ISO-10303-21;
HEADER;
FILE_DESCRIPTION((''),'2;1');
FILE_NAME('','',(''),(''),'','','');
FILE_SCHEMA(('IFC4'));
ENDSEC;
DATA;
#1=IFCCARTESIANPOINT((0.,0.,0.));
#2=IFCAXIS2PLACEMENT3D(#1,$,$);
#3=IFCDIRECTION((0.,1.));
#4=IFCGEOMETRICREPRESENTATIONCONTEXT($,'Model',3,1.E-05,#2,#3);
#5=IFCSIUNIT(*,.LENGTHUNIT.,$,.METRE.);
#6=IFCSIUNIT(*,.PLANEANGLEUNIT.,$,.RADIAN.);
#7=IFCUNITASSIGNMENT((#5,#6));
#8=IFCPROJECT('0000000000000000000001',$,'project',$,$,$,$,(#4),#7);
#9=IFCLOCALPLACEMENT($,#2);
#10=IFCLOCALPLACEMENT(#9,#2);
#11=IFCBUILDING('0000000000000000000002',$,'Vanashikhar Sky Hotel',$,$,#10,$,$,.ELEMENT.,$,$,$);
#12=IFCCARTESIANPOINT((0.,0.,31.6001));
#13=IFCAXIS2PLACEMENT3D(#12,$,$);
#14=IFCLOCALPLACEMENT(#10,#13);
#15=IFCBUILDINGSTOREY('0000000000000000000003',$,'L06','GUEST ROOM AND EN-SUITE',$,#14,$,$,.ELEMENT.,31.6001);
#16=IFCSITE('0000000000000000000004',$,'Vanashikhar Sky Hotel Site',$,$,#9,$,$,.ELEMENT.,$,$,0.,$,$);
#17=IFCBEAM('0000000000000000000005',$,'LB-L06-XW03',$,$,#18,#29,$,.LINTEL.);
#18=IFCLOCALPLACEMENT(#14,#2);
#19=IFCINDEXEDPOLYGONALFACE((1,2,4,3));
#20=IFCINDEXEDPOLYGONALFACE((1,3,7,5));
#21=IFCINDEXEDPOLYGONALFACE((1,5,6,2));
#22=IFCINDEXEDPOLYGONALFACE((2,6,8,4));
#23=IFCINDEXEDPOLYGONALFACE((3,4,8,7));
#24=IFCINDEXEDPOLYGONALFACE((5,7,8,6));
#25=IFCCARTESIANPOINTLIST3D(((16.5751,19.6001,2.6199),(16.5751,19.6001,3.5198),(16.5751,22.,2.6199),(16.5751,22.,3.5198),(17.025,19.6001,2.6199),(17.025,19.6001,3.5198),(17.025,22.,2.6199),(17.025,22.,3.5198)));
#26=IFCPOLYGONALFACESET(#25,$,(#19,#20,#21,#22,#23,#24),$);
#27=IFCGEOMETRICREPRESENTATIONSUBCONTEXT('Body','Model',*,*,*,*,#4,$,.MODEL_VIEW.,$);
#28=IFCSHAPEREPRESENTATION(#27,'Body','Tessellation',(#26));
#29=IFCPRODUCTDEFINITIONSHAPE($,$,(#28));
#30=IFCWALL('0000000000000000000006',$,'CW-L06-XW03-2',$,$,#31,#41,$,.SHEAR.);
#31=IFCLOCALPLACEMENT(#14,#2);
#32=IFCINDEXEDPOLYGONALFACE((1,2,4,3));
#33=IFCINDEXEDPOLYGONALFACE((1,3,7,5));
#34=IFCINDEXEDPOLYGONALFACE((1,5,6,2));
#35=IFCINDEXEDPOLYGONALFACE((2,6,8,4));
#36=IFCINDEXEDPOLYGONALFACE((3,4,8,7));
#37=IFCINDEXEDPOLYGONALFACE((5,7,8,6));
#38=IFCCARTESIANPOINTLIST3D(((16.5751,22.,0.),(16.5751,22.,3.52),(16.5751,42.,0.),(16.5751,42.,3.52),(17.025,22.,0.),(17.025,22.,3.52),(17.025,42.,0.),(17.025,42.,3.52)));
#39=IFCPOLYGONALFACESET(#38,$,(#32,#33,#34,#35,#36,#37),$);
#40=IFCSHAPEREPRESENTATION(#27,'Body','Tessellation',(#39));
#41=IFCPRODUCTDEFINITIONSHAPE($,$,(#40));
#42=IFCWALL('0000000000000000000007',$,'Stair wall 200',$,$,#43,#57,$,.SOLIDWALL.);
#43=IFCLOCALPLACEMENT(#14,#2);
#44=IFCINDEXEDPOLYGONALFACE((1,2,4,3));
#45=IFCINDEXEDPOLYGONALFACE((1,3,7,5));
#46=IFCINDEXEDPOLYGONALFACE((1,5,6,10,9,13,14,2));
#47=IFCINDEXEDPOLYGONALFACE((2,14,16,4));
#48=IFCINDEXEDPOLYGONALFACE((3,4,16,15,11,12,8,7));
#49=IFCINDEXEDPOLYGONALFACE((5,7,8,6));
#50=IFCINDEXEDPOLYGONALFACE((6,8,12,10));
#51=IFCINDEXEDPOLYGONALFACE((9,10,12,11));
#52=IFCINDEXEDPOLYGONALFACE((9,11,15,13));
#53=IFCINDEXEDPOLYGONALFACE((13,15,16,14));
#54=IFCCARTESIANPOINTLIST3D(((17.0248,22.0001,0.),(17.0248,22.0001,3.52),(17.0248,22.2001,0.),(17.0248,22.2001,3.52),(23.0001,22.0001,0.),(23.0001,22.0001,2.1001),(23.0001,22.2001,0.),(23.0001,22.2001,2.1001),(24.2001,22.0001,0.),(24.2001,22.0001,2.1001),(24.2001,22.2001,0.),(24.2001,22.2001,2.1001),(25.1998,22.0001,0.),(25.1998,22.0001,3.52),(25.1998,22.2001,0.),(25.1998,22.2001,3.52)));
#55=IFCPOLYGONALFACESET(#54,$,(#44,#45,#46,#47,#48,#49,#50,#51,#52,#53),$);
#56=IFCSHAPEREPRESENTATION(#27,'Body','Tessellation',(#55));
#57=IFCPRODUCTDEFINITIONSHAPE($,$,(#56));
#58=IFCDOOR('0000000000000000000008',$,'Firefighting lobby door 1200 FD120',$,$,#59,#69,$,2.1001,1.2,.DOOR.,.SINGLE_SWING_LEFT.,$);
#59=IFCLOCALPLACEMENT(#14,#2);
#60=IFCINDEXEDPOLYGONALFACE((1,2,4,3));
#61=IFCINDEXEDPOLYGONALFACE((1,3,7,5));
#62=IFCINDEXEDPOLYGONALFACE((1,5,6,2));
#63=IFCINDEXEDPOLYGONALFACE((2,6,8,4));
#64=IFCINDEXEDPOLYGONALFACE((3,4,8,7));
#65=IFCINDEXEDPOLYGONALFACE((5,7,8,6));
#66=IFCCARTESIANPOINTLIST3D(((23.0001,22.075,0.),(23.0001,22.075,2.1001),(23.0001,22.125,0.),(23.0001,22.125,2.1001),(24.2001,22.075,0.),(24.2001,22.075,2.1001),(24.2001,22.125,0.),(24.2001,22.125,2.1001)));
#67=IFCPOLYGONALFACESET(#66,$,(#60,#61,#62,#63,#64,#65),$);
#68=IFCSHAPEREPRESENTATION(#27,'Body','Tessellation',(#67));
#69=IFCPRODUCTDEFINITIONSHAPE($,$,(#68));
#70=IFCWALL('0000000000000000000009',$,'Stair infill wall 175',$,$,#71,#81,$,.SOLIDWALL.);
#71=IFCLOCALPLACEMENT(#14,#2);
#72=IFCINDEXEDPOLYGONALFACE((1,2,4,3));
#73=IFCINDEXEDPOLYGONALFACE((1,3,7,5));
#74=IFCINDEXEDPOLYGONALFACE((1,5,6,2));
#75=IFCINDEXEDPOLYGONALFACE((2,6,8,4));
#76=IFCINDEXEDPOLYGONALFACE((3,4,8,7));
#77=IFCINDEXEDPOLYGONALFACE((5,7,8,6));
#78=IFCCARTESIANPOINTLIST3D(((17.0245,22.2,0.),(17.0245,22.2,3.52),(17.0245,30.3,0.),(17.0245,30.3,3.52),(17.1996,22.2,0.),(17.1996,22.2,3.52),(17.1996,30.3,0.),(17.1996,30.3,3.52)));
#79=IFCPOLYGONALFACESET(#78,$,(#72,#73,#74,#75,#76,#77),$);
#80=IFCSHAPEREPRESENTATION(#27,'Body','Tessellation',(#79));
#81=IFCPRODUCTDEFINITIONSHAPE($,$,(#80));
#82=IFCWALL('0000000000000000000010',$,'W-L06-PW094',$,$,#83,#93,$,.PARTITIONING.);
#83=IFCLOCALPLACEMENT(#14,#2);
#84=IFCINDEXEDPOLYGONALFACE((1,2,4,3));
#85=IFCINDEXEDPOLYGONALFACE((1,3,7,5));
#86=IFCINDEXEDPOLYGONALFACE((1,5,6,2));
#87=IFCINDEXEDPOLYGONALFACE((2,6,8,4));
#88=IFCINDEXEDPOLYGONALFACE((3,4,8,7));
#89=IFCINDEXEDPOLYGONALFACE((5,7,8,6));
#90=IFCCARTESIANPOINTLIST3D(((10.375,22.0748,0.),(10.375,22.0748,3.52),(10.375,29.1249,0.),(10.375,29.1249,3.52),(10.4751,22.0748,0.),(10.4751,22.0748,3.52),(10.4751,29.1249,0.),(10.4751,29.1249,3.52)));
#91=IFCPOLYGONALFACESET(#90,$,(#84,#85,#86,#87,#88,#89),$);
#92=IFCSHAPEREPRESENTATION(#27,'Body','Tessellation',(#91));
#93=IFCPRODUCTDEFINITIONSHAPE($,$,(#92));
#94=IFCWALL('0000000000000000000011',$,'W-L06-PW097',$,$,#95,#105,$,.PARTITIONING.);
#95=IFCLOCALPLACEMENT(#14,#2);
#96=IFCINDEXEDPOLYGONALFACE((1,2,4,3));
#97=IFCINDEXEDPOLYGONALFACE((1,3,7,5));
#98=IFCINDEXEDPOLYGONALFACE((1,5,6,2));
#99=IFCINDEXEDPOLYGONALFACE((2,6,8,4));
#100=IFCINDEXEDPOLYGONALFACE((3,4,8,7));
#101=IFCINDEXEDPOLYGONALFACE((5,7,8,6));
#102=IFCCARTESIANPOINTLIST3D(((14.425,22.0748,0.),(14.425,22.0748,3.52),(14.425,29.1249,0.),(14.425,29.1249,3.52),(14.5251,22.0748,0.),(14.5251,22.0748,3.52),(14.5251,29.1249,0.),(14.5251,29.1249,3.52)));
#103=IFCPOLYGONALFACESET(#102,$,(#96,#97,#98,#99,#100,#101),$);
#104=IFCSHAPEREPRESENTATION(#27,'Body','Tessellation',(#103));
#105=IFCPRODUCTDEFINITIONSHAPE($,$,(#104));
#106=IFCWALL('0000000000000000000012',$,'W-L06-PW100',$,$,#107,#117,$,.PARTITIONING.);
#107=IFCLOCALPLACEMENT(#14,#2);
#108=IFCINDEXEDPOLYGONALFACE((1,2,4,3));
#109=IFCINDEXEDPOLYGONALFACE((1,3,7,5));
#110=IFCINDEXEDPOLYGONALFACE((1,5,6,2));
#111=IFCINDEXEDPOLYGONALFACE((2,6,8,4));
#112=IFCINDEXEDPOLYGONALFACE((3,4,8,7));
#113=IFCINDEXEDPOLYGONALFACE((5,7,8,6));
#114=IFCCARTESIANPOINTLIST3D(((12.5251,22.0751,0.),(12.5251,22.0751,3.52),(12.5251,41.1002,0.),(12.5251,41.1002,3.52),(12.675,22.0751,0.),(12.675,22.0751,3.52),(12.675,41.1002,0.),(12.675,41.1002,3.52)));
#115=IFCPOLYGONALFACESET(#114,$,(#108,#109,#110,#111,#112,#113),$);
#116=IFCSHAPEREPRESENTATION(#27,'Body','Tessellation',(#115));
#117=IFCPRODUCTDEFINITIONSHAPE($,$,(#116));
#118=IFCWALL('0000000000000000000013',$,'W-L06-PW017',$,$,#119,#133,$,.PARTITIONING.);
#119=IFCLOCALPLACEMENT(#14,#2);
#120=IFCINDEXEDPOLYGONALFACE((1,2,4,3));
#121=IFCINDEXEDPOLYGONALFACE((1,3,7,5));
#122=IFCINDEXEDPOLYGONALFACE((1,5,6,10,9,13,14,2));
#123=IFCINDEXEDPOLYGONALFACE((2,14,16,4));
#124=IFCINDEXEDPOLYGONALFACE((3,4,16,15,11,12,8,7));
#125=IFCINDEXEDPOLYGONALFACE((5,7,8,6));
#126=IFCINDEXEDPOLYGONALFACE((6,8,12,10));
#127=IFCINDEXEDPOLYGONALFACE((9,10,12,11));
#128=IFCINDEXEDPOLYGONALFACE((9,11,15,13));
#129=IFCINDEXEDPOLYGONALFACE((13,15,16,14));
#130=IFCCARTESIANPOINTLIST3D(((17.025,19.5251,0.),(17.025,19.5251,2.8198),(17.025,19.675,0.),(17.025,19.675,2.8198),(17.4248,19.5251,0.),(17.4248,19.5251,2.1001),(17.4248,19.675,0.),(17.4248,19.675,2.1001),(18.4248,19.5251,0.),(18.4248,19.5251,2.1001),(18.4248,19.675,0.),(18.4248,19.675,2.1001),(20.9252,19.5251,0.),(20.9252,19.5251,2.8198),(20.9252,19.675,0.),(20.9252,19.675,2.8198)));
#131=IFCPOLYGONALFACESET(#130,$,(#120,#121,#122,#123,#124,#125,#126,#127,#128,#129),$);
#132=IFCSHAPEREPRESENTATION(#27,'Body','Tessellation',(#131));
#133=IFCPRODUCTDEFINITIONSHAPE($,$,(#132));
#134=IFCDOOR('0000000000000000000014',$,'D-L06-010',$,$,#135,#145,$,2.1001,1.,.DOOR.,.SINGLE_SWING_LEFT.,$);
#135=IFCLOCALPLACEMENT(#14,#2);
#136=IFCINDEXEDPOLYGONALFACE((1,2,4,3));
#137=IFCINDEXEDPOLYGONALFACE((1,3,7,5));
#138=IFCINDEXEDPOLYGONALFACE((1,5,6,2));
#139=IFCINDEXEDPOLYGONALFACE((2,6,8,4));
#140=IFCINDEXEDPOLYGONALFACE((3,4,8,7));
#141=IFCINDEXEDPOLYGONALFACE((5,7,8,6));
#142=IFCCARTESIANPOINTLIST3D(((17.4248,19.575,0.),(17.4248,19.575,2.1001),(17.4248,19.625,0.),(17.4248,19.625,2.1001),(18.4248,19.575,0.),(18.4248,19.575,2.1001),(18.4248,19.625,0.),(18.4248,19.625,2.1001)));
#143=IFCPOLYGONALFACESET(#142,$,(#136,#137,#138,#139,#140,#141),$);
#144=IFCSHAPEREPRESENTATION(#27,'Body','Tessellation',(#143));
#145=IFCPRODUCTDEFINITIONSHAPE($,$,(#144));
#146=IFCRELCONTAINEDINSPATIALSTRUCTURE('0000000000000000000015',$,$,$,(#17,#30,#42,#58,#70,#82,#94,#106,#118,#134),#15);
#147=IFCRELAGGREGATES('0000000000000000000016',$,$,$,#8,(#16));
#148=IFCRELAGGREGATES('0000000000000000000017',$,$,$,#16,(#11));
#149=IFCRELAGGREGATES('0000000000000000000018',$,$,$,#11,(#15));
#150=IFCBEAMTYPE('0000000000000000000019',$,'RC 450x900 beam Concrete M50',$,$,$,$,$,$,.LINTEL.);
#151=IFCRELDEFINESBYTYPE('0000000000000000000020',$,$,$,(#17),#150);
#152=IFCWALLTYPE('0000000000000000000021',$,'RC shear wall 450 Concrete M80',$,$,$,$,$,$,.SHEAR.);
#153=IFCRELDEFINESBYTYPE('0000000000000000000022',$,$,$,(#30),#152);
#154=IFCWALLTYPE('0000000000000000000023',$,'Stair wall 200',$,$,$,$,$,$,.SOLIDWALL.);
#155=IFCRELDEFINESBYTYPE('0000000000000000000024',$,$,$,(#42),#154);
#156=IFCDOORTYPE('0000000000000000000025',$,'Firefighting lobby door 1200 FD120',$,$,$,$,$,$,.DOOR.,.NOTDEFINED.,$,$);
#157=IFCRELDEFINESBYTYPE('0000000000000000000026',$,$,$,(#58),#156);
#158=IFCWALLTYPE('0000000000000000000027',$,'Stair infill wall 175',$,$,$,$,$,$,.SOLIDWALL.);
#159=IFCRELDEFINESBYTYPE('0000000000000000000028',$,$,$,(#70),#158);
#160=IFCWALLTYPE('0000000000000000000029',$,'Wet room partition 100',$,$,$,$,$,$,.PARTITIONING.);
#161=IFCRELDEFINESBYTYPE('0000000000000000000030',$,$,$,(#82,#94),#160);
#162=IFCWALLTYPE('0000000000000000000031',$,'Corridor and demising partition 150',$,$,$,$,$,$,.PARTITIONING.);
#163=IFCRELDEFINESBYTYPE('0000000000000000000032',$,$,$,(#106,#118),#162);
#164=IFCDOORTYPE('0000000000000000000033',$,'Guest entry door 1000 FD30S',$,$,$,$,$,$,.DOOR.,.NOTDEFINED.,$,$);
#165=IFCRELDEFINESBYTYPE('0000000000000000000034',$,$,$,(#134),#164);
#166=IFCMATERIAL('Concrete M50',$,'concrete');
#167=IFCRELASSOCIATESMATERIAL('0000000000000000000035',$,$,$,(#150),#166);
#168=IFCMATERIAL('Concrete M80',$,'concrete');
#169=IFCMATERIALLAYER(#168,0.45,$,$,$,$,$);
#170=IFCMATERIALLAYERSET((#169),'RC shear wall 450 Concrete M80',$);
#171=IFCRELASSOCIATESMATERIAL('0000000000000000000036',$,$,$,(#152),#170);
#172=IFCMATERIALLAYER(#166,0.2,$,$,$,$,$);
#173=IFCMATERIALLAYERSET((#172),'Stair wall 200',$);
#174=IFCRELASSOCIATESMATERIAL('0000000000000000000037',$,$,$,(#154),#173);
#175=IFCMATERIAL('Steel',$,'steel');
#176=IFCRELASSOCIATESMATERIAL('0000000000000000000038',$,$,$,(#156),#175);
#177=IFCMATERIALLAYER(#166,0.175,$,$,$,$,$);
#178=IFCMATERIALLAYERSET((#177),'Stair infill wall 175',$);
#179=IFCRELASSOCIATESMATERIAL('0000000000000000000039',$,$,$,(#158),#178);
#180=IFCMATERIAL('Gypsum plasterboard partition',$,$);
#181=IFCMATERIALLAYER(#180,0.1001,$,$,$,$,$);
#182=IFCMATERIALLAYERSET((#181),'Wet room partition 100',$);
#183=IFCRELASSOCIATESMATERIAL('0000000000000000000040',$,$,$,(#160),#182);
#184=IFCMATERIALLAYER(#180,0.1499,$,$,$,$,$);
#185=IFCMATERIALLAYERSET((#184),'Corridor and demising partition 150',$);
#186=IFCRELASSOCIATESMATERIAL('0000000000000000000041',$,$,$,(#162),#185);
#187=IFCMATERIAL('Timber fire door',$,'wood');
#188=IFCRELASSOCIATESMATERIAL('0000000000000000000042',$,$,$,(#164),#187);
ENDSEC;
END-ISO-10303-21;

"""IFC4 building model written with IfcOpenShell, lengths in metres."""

from ifc_helpers import new_model, si_unit, direction, frame, frame_2d, origin, origin_2d, place, context, subcontext, project, spatial, rectangle, extrude, source, transform, mapped, material, layer, layer_set, material_profile, profile_set, type_object, element, fill, save


model = new_model("IFC4")

# Units and contexts
model_context = context("Model", 3, precision=1e-05, world=origin(), true_north=direction((0.0, 1.0)))
body_context = subcontext(model_context, "Body", "Model", "MODEL_VIEW")
ifc_project = project(units=[si_unit("LENGTHUNIT", "METRE"), si_unit("PLANEANGLEUNIT", "RADIAN")], contexts=[model_context])

# Site, building, storey
site_placement = place(None, origin())
site = spatial("IfcSite", under=ifc_project, at=site_placement, Name="Vanashikhar Sky Hotel Site", CompositionType="ELEMENT", RefElevation=0.0)
building_placement = place(site_placement, origin())
building = spatial("IfcBuilding", under=site, at=building_placement, Name="Vanashikhar Sky Hotel", CompositionType="ELEMENT")
storey_placement = place(building_placement, frame((0.0, 0.0, 31.6001)))
storey = spatial("IfcBuildingStorey", under=building, at=storey_placement, Name="L06", Description="GUEST ROOM AND EN-SUITE", CompositionType="ELEMENT", Elevation=31.6001)

# Beam
ifc_material_1 = material(Name="Concrete M50", Category="concrete")
ifc_material_profile = material_profile(ifc_material_1, rectangle(XDim=0.45, YDim=0.8999, at=origin_2d()))
ifc_profile_set = profile_set([ifc_material_profile], Name="RC 450x900 beam Concrete M50")
beam_type = type_object("IfcBeamType", Name="RC 450x900 beam Concrete M50", PredefinedType="LINTEL", material=ifc_profile_set)
shared_shape_1 = source(origin(), body_context, "Body", "SweptSolid", [
    extrude(rectangle(XDim=0.45, YDim=0.8999, at=origin_2d()), origin(), (0.0, 0.0, 1.0), 2.3999),
])
beam_placement = place(storey_placement, frame((16.8, 19.6001, 3.0698), z_axis=(0.0, 1.0, 0.0), x_axis=(-1.0, 0.0, 0.0)))
element("IfcBeam", 1, at=beam_placement, inside=storey, type_object=beam_type, Name="LB-L06-XW03", PredefinedType="LINTEL", context=body_context, shape_type="MappedRepresentation", body=[
    mapped(shared_shape_1, transform((0.0, 0.0, 0.0), scale=1.0)),
])

# Wall
ifc_material_2 = material(Name="Concrete M80", Category="concrete")
ifc_layer_1 = layer(ifc_material_2, 0.45)
ifc_layer_set_1 = layer_set([ifc_layer_1], Name="RC shear wall 450 Concrete M80")
wall_type_1 = type_object("IfcWallType", Name="RC shear wall 450 Concrete M80", PredefinedType="SHEAR", material=ifc_layer_set_1)
shared_shape_2 = source(origin(), body_context, "Body", "SweptSolid", [
    extrude(rectangle(XDim=20.0, YDim=0.45, at=frame_2d((10.0, 0.0))), origin(), (0.0, 0.0, 1.0), 3.52),
])
wall_1_placement = place(storey_placement, frame((16.8, 22.0, 0.0), z_axis=(0.0, 0.0, 1.0), x_axis=(0.0, 1.0, 0.0)))
element("IfcWall", 2, at=wall_1_placement, inside=storey, type_object=wall_type_1, Name="CW-L06-XW03-2", PredefinedType="SHEAR", context=body_context, shape_type="MappedRepresentation", body=[
    mapped(shared_shape_2, transform((0.0, 0.0, 0.0), scale=1.0)),
])

# Wall, opening, door
ifc_layer_2 = layer(ifc_material_1, 0.2)
ifc_layer_set_2 = layer_set([ifc_layer_2], Name="Stair wall 200")
wall_type_2 = type_object("IfcWallType", Name="Stair wall 200", PredefinedType="SOLIDWALL", material=ifc_layer_set_2)
shared_shape_3 = source(origin(), body_context, "Body", "SweptSolid", [
    extrude(rectangle(XDim=8.175, YDim=0.2, at=frame_2d((4.0874, 0.0))), origin(), (0.0, 0.0, 1.0), 3.52),
])
wall_2_placement = place(storey_placement, frame((17.0249, 22.1001, 0.0), z_axis=(0.0, 0.0, 1.0), x_axis=(1.0, 0.0, 0.0)))
wall_2 = element("IfcWall", 3, at=wall_2_placement, inside=storey, type_object=wall_type_2, Name="Stair wall 200", PredefinedType="SOLIDWALL", context=body_context, shape_type="MappedRepresentation", body=[
    mapped(shared_shape_3, transform((0.0, 0.0, 0.0), scale=1.0)),
])
shared_shape_4 = source(origin(), body_context, "Body", "SweptSolid", [
    extrude(rectangle(XDim=1.2, YDim=2.1001, at=frame_2d((0.6001, 1.05))), frame((0.0, 0.1099, 0.0), z_axis=(0.0, -1.0, 0.0), x_axis=(1.0, 0.0, 0.0)), (0.0, 0.0, 1.0), 0.22),
])
opening_1_placement = place(wall_2_placement, frame((5.9751, 0.0, 0.0)))
opening_1 = element("IfcOpeningElement", 4, at=opening_1_placement, cuts=wall_2, PredefinedType="OPENING", context=body_context, shape_type="MappedRepresentation", body=[
    mapped(shared_shape_4, transform((0.0, 0.0, 0.0), scale=1.0)),
])
ifc_material_3 = material(Name="Steel", Category="steel")
door_type_1 = type_object("IfcDoorType", Name="Firefighting lobby door 1200 FD120", OperationType="NOTDEFINED", PredefinedType="DOOR", material=ifc_material_3)
shared_shape_5 = source(origin(), body_context, "Body", "SweptSolid", [
    extrude(rectangle(XDim=1.2, YDim=2.1001, at=frame_2d((0.6001, 1.05))), frame((0.0, 0.0249, 0.0), z_axis=(0.0, -1.0, 0.0), x_axis=(1.0, 0.0, 0.0)), (0.0, 0.0, 1.0), 0.05),
])
door_1_placement = place(opening_1_placement, origin())
door_1 = element("IfcDoor", 5, at=door_1_placement, inside=storey, type_object=door_type_1, Name="Firefighting lobby door 1200 FD120", OperationType="SINGLE_SWING_LEFT", OverallHeight=2.1001, OverallWidth=1.2, PredefinedType="DOOR", context=body_context, shape_type="MappedRepresentation", body=[
    mapped(shared_shape_5, transform((0.0, 0.0, 0.0), scale=1.0)),
])
fill(opening_1, door_1)

# Walls
ifc_layer_3 = layer(ifc_material_1, 0.175)
ifc_layer_set_3 = layer_set([ifc_layer_3], Name="Stair infill wall 175")
wall_type_3 = type_object("IfcWallType", Name="Stair infill wall 175", PredefinedType="SOLIDWALL", material=ifc_layer_set_3)
shared_shape_6 = source(origin(), body_context, "Body", "SweptSolid", [
    extrude(rectangle(XDim=8.1001, YDim=0.175, at=frame_2d((4.05, 0.0))), origin(), (0.0, 0.0, 1.0), 3.52),
])
wall_3_placement = place(storey_placement, frame((17.1121, 22.2, 0.0), z_axis=(0.0, 0.0, 1.0), x_axis=(0.0, 1.0, 0.0)))
element("IfcWall", 6, at=wall_3_placement, inside=storey, type_object=wall_type_3, Name="Stair infill wall 175", PredefinedType="SOLIDWALL", context=body_context, shape_type="MappedRepresentation", body=[
    mapped(shared_shape_6, transform((0.0, 0.0, 0.0), scale=1.0)),
])
ifc_material_4 = material(Name="Gypsum plasterboard partition")
ifc_layer_4 = layer(ifc_material_4, 0.1001)
ifc_layer_set_4 = layer_set([ifc_layer_4], Name="Wet room partition 100")
wall_type_4 = type_object("IfcWallType", Name="Wet room partition 100", PredefinedType="PARTITIONING", material=ifc_layer_set_4)
shared_shape_7 = source(origin(), body_context, "Body", "SweptSolid", [
    extrude(rectangle(XDim=7.05, YDim=0.1001, at=frame_2d((3.5249, 0.0))), origin(), (0.0, 0.0, 1.0), 3.52),
])
for number, where, z_axis, x_axis, name in (
    (7, (10.425, 22.075, 0.0), (0.0, 0.0, 1.0), (0.0, 1.0, 0.0), "W-L06-PW094"),
    (8, (14.4751, 22.075, 0.0), (0.0, 0.0, 1.0), (0.0, 1.0, 0.0), "W-L06-PW097"),
):
    element("IfcWall", number, at=place(storey_placement, frame(where, z_axis=z_axis, x_axis=x_axis)), inside=storey, type_object=wall_type_4, Name=name, PredefinedType="PARTITIONING", context=body_context, shape_type="MappedRepresentation", body=[
        mapped(shared_shape_7, transform((0.0, 0.0, 0.0), scale=1.0)),
    ])
ifc_layer_5 = layer(ifc_material_4, 0.1499)
ifc_layer_set_5 = layer_set([ifc_layer_5], Name="Corridor and demising partition 150")
wall_type_5 = type_object("IfcWallType", Name="Corridor and demising partition 150", PredefinedType="PARTITIONING", material=ifc_layer_set_5)
shared_shape_8 = source(origin(), body_context, "Body", "SweptSolid", [
    extrude(rectangle(XDim=19.0251, YDim=0.1499, at=frame_2d((9.5127, 0.0))), origin(), (0.0, 0.0, 1.0), 3.52),
])
wall_4_placement = place(storey_placement, frame((12.6001, 22.075, 0.0), z_axis=(0.0, 0.0, 1.0), x_axis=(0.0, 1.0, 0.0)))
element("IfcWall", 9, at=wall_4_placement, inside=storey, type_object=wall_type_5, Name="W-L06-PW100", PredefinedType="PARTITIONING", context=body_context, shape_type="MappedRepresentation", body=[
    mapped(shared_shape_8, transform((0.0, 0.0, 0.0), scale=1.0)),
])

# Wall, opening, door
shared_shape_9 = source(origin(), body_context, "Body", "SweptSolid", [
    extrude(rectangle(XDim=3.9001, YDim=0.1499, at=frame_2d((1.9502, 0.0))), origin(), (0.0, 0.0, 1.0), 2.8198),
])
wall_5_placement = place(storey_placement, frame((17.0249, 19.6001, 0.0), z_axis=(0.0, 0.0, 1.0), x_axis=(1.0, 0.0, 0.0)))
wall_5 = element("IfcWall", 10, at=wall_5_placement, inside=storey, type_object=wall_type_5, Name="W-L06-PW017", PredefinedType="PARTITIONING", context=body_context, shape_type="MappedRepresentation", body=[
    mapped(shared_shape_9, transform((0.0, 0.0, 0.0), scale=1.0)),
])
shared_shape_10 = source(origin(), body_context, "Body", "SweptSolid", [
    extrude(rectangle(XDim=1.0, YDim=2.1001, at=frame_2d((0.5, 1.05))), frame((0.0, 0.085, 0.0), z_axis=(0.0, -1.0, 0.0), x_axis=(1.0, 0.0, 0.0)), (0.0, 0.0, 1.0), 0.1699),
])
opening_2_placement = place(wall_5_placement, frame((0.3999, 0.0, 0.0)))
opening_2 = element("IfcOpeningElement", 11, at=opening_2_placement, cuts=wall_5, PredefinedType="OPENING", context=body_context, shape_type="MappedRepresentation", body=[
    mapped(shared_shape_10, transform((0.0, 0.0, 0.0), scale=1.0)),
])
ifc_material_5 = material(Name="Timber fire door", Category="wood")
door_type_2 = type_object("IfcDoorType", Name="Guest entry door 1000 FD30S", OperationType="NOTDEFINED", PredefinedType="DOOR", material=ifc_material_5)
shared_shape_11 = source(origin(), body_context, "Body", "SweptSolid", [
    extrude(rectangle(XDim=1.0, YDim=2.1001, at=frame_2d((0.5, 1.05))), frame((0.0, 0.0249, 0.0), z_axis=(0.0, -1.0, 0.0), x_axis=(1.0, 0.0, 0.0)), (0.0, 0.0, 1.0), 0.05),
])
door_2_placement = place(opening_2_placement, origin())
door_2 = element("IfcDoor", 12, at=door_2_placement, inside=storey, type_object=door_type_2, Name="D-L06-010", OperationType="SINGLE_SWING_LEFT", OverallHeight=2.1001, OverallWidth=1.0, PredefinedType="DOOR", context=body_context, shape_type="MappedRepresentation", body=[
    mapped(shared_shape_11, transform((0.0, 0.0, 0.0), scale=1.0)),
])
fill(opening_2, door_2)

save(model, "model.ifc")
